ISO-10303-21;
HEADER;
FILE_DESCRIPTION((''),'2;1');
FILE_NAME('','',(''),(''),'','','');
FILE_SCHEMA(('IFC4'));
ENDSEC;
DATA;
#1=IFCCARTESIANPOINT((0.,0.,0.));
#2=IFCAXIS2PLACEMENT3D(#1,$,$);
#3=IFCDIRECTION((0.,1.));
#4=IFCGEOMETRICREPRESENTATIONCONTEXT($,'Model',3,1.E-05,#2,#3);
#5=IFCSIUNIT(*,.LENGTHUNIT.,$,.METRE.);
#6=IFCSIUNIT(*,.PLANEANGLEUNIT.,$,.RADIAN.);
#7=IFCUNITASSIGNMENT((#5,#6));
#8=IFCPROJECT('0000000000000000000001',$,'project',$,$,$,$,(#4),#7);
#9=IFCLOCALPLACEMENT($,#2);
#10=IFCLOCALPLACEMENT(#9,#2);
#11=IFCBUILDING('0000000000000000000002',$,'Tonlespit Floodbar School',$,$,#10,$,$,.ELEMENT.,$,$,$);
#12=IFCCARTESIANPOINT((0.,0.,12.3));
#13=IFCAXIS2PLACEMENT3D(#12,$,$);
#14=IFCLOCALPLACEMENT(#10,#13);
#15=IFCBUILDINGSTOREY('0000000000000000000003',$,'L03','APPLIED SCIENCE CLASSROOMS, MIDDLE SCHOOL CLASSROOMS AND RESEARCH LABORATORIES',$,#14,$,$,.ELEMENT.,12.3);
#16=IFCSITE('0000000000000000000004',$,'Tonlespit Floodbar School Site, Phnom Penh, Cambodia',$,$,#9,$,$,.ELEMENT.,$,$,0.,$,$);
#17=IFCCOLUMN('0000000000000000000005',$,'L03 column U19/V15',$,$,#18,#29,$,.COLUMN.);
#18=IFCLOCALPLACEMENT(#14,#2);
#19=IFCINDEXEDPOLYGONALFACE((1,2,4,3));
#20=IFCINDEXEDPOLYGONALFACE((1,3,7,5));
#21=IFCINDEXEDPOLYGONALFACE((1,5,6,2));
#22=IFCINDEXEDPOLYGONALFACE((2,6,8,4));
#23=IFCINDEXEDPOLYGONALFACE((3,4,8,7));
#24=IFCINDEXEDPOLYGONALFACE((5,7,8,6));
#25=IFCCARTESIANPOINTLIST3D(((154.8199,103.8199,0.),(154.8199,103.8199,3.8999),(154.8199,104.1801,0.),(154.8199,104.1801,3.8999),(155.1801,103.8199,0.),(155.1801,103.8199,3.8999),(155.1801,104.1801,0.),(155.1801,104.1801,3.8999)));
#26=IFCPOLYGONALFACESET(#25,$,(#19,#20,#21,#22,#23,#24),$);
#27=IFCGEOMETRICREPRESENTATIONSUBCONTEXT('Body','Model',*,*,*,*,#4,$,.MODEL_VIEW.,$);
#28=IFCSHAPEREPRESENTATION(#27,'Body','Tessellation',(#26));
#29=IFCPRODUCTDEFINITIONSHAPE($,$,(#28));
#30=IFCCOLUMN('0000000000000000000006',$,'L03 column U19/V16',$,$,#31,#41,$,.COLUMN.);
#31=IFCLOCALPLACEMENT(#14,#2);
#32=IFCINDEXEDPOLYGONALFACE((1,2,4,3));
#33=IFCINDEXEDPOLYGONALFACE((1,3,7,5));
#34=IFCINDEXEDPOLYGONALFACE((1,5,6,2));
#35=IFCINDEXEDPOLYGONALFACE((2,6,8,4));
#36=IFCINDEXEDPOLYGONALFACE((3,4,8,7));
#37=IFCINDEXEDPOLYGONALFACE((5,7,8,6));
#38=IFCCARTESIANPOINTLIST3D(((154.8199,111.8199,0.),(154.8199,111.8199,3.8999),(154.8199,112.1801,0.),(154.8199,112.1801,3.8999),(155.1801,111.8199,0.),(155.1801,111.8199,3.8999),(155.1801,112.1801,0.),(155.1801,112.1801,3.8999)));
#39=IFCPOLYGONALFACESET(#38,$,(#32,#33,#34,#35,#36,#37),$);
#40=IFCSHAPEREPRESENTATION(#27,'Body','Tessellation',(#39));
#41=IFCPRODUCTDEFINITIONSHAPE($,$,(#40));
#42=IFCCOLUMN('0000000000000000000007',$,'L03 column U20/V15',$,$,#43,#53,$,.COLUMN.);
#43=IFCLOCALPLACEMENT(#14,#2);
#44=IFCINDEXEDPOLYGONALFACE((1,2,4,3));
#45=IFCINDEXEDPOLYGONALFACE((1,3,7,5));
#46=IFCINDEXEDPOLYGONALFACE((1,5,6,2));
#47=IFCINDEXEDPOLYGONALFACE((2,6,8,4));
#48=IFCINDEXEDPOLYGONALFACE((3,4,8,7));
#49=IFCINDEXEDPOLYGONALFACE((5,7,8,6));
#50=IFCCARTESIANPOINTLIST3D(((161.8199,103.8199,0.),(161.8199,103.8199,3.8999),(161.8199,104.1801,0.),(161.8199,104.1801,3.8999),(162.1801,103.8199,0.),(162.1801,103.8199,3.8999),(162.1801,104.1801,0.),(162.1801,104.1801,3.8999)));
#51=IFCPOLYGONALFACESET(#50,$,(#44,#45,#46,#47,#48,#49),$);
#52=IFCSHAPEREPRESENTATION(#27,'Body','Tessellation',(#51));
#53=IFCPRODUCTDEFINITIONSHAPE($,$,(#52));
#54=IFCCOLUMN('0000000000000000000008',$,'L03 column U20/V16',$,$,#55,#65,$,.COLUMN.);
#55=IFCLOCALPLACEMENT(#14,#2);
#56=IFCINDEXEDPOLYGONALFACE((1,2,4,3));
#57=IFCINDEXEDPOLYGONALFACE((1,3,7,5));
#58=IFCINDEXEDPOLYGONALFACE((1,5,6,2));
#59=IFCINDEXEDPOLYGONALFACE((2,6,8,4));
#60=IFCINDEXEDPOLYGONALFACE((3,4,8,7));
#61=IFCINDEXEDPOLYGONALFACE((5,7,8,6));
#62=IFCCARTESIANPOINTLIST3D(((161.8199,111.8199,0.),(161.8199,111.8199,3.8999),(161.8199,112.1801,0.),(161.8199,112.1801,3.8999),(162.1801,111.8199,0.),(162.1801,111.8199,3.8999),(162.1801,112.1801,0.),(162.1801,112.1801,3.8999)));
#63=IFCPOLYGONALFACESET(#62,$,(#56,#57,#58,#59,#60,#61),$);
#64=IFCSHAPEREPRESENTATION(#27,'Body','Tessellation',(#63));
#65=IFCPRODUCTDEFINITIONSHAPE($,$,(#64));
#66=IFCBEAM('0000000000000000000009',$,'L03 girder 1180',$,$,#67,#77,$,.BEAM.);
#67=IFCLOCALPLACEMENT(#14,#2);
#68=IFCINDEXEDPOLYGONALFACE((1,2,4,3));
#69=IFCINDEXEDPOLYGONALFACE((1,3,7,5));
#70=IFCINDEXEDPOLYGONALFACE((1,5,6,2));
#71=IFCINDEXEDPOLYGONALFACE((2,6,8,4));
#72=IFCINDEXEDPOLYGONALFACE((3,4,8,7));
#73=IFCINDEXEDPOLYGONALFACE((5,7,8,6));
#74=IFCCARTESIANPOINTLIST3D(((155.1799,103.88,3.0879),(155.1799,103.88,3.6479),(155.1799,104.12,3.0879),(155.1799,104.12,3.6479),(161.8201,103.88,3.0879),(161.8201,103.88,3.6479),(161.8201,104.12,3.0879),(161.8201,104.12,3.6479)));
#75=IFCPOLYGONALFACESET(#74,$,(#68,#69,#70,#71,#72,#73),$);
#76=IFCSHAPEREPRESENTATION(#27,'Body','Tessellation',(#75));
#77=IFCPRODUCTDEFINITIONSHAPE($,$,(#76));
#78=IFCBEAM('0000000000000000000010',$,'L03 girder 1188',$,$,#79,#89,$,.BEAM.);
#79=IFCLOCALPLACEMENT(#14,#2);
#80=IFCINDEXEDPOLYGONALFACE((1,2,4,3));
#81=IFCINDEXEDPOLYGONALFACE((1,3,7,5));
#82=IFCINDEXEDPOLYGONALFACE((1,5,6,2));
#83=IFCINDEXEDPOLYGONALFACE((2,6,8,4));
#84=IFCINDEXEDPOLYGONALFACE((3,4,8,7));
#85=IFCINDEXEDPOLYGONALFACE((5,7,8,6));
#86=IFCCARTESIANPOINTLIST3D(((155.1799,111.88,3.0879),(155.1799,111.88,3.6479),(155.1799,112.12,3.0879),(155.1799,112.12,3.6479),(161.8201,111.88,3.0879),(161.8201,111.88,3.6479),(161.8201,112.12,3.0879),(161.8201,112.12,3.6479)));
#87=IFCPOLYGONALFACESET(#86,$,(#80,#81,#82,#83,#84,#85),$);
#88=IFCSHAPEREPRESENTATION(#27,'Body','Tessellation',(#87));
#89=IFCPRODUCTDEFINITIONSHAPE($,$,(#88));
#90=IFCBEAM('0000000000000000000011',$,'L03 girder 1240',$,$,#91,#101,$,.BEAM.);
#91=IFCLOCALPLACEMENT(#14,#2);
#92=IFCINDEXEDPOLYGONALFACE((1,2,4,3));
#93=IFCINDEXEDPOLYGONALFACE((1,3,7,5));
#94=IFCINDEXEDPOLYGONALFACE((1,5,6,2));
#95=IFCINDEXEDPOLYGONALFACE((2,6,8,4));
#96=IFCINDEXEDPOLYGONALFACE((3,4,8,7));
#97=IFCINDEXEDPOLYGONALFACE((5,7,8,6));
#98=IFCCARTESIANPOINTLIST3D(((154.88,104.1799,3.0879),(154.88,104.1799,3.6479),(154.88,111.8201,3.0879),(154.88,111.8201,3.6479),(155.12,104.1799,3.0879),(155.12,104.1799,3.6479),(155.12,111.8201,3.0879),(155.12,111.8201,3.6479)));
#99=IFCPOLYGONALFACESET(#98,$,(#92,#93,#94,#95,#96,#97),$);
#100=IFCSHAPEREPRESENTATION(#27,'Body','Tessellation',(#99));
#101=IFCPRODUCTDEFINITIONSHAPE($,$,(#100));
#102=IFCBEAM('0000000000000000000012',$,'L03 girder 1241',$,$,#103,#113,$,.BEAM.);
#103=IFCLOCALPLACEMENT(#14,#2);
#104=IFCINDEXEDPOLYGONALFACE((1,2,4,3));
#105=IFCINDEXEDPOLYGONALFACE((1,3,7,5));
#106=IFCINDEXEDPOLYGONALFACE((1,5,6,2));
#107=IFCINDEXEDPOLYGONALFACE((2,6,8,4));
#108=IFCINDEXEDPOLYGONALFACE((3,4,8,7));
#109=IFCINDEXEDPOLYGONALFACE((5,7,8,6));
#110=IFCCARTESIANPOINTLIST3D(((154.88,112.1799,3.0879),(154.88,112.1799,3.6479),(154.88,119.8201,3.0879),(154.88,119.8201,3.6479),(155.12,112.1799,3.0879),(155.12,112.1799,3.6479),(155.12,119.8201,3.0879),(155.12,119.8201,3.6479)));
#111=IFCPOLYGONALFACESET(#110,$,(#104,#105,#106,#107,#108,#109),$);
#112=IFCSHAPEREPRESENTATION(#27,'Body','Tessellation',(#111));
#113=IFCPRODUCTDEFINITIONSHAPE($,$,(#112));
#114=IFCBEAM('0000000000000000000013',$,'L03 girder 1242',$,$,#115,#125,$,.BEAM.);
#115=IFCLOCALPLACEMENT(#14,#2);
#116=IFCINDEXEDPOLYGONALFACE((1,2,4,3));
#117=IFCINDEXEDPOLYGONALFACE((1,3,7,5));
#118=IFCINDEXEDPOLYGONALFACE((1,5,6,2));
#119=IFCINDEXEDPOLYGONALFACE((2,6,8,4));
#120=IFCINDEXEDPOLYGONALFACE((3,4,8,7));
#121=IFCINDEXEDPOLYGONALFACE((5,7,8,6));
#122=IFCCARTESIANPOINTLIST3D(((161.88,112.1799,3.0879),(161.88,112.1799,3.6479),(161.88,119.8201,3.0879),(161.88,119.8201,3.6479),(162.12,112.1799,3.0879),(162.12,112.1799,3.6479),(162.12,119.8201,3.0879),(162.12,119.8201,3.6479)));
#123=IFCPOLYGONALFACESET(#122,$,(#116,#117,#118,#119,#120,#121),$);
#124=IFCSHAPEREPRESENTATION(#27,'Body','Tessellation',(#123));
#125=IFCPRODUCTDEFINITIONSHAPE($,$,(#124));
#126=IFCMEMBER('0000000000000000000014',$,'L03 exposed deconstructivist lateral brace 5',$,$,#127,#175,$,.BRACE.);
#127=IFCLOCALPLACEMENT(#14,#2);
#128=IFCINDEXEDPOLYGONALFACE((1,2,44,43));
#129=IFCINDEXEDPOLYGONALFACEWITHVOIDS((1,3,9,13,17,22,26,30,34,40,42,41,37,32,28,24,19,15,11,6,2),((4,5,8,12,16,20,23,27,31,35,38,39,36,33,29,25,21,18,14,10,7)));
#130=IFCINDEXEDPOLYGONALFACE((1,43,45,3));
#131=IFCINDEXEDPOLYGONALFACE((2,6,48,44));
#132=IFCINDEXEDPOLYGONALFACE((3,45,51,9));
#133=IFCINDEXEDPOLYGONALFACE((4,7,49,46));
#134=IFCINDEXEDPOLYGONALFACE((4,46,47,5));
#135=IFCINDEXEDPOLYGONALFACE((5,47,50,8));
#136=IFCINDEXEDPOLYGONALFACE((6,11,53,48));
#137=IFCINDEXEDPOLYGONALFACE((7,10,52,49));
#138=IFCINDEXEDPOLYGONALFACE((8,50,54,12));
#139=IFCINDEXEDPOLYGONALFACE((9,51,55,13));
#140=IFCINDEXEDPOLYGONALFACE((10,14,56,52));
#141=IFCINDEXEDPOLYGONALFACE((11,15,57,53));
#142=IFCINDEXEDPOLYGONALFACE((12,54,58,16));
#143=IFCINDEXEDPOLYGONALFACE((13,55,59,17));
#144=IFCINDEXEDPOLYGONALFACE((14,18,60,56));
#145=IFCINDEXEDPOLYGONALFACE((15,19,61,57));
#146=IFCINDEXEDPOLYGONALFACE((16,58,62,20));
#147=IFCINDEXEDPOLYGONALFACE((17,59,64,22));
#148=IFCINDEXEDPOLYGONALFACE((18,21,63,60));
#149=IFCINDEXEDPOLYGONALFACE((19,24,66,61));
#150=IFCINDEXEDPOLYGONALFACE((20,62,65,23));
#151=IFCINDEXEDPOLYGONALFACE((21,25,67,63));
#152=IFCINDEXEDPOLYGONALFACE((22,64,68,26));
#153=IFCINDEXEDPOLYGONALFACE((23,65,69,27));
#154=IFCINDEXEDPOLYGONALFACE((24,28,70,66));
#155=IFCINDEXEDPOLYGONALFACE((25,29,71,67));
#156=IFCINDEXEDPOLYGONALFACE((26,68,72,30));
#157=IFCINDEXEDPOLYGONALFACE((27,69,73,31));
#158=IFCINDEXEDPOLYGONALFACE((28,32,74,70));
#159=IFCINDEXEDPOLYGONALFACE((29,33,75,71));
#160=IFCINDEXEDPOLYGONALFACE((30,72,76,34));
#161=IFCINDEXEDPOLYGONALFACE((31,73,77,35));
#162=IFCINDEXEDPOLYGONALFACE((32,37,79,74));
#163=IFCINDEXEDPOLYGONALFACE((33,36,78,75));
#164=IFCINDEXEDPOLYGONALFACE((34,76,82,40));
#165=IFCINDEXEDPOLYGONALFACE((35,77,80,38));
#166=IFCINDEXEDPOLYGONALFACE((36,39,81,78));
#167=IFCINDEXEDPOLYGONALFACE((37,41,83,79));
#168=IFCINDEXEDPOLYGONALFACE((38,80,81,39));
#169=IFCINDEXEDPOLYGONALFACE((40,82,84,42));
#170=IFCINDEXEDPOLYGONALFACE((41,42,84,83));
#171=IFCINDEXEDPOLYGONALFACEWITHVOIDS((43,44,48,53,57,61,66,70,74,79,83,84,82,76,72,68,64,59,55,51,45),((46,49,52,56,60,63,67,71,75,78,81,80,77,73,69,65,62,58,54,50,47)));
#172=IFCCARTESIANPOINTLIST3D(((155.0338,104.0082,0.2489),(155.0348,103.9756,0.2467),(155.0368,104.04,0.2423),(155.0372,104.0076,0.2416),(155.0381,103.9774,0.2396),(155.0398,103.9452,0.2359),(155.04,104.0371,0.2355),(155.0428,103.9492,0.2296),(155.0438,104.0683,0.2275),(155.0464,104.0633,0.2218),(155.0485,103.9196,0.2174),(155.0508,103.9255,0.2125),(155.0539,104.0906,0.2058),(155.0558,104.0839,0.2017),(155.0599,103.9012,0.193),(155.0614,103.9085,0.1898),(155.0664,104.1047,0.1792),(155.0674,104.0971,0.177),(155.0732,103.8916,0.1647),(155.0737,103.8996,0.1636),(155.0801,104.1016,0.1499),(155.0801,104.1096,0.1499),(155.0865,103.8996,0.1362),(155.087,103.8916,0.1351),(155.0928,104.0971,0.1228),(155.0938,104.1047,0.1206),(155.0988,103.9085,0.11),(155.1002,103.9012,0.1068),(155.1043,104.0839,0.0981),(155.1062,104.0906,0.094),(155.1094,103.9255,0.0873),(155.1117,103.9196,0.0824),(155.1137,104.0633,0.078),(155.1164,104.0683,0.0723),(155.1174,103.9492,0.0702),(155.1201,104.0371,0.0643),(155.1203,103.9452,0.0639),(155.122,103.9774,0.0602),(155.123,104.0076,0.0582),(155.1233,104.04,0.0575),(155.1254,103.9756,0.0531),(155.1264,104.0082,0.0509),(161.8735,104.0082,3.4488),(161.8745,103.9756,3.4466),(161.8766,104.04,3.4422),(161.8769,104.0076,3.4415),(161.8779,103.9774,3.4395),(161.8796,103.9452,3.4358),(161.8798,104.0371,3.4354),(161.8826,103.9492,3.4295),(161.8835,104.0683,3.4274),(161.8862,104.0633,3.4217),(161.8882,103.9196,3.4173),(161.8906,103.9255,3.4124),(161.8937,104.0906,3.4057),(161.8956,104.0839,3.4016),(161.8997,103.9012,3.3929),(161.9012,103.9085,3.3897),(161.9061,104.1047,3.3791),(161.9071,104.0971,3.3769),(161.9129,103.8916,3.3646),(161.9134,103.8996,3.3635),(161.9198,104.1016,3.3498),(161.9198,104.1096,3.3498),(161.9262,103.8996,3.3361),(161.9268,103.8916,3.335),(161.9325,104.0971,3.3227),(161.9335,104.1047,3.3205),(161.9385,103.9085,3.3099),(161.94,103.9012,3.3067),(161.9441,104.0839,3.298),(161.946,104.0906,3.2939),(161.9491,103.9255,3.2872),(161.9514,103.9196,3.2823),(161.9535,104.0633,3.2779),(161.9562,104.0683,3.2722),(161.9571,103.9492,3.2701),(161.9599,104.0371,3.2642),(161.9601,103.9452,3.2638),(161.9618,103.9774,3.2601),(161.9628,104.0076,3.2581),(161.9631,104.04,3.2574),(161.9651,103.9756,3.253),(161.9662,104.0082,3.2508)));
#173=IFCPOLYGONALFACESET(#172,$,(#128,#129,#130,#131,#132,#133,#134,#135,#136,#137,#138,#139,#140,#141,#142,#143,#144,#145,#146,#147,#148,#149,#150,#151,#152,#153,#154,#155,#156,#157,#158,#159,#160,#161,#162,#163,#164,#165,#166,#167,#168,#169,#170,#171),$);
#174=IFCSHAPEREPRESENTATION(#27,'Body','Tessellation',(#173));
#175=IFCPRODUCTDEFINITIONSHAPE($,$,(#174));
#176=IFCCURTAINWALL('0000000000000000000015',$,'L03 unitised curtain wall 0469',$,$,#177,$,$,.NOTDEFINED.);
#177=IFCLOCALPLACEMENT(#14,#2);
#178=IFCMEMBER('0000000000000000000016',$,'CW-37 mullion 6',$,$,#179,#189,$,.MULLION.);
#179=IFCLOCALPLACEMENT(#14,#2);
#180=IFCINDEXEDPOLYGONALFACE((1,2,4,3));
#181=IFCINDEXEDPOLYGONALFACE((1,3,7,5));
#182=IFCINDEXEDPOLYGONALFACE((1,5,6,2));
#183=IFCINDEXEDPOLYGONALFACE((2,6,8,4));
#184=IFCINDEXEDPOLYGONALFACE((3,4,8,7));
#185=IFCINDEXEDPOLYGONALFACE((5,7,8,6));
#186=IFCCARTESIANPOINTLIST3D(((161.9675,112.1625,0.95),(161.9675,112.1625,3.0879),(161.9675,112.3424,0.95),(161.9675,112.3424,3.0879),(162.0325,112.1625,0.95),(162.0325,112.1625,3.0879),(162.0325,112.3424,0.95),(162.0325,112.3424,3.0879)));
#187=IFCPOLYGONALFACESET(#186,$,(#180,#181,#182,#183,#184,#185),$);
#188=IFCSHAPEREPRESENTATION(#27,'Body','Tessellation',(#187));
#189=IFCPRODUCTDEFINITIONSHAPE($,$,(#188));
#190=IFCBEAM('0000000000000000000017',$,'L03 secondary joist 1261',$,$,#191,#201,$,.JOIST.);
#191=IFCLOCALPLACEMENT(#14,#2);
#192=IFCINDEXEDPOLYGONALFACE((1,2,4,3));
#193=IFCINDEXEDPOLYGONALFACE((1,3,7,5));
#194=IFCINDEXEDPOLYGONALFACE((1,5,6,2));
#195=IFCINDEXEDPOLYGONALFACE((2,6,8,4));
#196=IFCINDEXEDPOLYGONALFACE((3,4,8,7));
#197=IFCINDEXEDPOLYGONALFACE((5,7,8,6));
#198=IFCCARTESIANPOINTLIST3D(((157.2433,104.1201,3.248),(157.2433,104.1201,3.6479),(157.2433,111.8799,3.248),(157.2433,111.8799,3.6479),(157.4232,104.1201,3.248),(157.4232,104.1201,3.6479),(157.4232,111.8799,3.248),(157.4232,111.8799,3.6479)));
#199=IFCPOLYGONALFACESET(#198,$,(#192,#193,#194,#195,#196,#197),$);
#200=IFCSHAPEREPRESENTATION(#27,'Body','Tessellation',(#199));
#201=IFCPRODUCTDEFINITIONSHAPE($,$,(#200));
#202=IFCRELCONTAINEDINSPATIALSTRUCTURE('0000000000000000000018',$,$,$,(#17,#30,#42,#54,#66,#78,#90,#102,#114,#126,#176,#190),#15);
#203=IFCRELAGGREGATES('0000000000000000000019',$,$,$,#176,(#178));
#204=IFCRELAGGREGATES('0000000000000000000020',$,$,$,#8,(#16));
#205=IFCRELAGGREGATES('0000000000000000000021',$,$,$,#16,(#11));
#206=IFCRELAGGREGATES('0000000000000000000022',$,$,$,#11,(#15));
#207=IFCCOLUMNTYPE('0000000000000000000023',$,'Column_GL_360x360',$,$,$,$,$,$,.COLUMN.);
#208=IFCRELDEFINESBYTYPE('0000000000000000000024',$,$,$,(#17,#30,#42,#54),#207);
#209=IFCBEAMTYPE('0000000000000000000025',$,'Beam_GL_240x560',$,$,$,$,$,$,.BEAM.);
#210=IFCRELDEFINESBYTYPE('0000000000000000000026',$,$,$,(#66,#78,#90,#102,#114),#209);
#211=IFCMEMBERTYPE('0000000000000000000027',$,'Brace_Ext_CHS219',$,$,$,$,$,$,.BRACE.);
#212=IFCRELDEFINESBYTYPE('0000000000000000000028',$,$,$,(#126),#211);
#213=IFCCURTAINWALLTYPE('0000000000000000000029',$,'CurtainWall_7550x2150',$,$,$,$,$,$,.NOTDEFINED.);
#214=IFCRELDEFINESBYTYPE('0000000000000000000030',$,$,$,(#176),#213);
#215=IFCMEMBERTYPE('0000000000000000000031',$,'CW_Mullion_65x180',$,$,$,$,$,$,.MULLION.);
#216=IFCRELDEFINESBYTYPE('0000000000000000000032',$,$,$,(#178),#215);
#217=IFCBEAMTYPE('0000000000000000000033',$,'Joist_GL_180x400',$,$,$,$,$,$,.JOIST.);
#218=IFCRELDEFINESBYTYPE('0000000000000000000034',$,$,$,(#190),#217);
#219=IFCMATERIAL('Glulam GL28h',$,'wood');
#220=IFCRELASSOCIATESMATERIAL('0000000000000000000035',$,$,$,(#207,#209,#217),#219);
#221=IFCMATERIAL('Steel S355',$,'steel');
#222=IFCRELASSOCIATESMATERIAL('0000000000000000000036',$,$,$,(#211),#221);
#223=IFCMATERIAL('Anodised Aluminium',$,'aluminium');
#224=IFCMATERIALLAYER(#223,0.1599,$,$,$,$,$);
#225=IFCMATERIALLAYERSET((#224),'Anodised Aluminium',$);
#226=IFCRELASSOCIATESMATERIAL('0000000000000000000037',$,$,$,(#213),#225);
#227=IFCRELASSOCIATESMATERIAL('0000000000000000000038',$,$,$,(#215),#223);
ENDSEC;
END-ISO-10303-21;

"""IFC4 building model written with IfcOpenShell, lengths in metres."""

from ifc_helpers import new_model, si_unit, direction, frame, origin, origin_2d, place, context, subcontext, project, spatial, rectangle, hollow_circle, extrude, material, layer, layer_set, material_profile, profile_set, type_object, element, aggregate, save


model = new_model("IFC4")

# Units and contexts
model_context = context("Model", 3, precision=1e-05, world=origin(), true_north=direction((0.0, 1.0)))
body_context = subcontext(model_context, "Body", "Model", "MODEL_VIEW")
ifc_project = project(units=[si_unit("LENGTHUNIT", "METRE"), si_unit("PLANEANGLEUNIT", "RADIAN")], contexts=[model_context])

# Site, building, storey
site_placement = place(None, origin())
site = spatial("IfcSite", under=ifc_project, at=site_placement, Name="Tonlespit Floodbar School Site, Phnom Penh, Cambodia", CompositionType="ELEMENT", RefElevation=0.0)
building_placement = place(site_placement, origin())
building = spatial("IfcBuilding", under=site, at=building_placement, Name="Tonlespit Floodbar School", CompositionType="ELEMENT")
storey_placement = place(building_placement, frame((0.0, 0.0, 12.3)))
storey = spatial("IfcBuildingStorey", under=building, at=storey_placement, Name="L03", Description="APPLIED SCIENCE CLASSROOMS, MIDDLE SCHOOL CLASSROOMS AND RESEARCH LABORATORIES", CompositionType="ELEMENT", Elevation=12.3)

# Columns
ifc_material_1 = material(Name="Glulam GL28h", Category="wood")
ifc_material_profile_1 = material_profile(ifc_material_1, rectangle(XDim=0.3601, YDim=0.3601, at=origin_2d()), Name="GL 360x360")
ifc_profile_set_1 = profile_set([ifc_material_profile_1], Name="Glulam GL28h")
column_type = type_object("IfcColumnType", Name="Column_GL_360x360", PredefinedType="COLUMN", material=ifc_profile_set_1)
for number, where, z_axis, x_axis, name in (
    (1, (155.0, 104.0, 0.0), (0.0, 0.0, 1.0), (1.0, 0.0, 0.0), "L03 column U19/V15"),
    (2, (155.0, 112.0, 0.0), (0.0, 0.0, 1.0), (1.0, 0.0, 0.0), "L03 column U19/V16"),
    (3, (162.0, 104.0, 0.0), (0.0, 0.0, 1.0), (1.0, 0.0, 0.0), "L03 column U20/V15"),
    (4, (162.0, 112.0, 0.0), (0.0, 0.0, 1.0), (1.0, 0.0, 0.0), "L03 column U20/V16"),
):
    element("IfcColumn", number, at=place(storey_placement, frame(where, z_axis=z_axis, x_axis=x_axis)), inside=storey, type_object=column_type, Name=name, PredefinedType="COLUMN", context=body_context, shape_type="SweptSolid", body=[
        extrude(rectangle(XDim=0.3601, YDim=0.3601, at=origin_2d()), origin(), (0.0, 0.0, 1.0), 3.8999),
    ])

# Beams
ifc_material_profile_2 = material_profile(ifc_material_1, rectangle(XDim=0.24, YDim=0.5601, at=origin_2d()), Name="GL 240x560")
ifc_profile_set_2 = profile_set([ifc_material_profile_2], Name="Glulam GL28h")
beam_type_1 = type_object("IfcBeamType", Name="Beam_GL_240x560", PredefinedType="BEAM", material=ifc_profile_set_2)
for number, where, z_axis, x_axis, name in (
    (5, (155.1799, 104.0, 3.3679), (1.0, 0.0, 0.0), (0.0, 1.0, 0.0), "L03 girder 1180"),
    (6, (155.1799, 112.0, 3.3679), (1.0, 0.0, 0.0), (0.0, 1.0, 0.0), "L03 girder 1188"),
):
    element("IfcBeam", number, at=place(storey_placement, frame(where, z_axis=z_axis, x_axis=x_axis)), inside=storey, type_object=beam_type_1, Name=name, PredefinedType="BEAM", context=body_context, shape_type="SweptSolid", body=[
        extrude(rectangle(XDim=0.24, YDim=0.5601, at=origin_2d()), origin(), (0.0, 0.0, 1.0), 6.6401),
    ])
for number, where, z_axis, x_axis, name in (
    (7, (155.0, 104.1799, 3.3679), (0.0, 1.0, 0.0), (-1.0, 0.0, 0.0), "L03 girder 1240"),
    (8, (155.0, 112.1799, 3.3679), (0.0, 1.0, 0.0), (-1.0, 0.0, 0.0), "L03 girder 1241"),
    (9, (162.0, 112.1799, 3.3679), (0.0, 1.0, 0.0), (-1.0, 0.0, 0.0), "L03 girder 1242"),
):
    element("IfcBeam", number, at=place(storey_placement, frame(where, z_axis=z_axis, x_axis=x_axis)), inside=storey, type_object=beam_type_1, Name=name, PredefinedType="BEAM", context=body_context, shape_type="SweptSolid", body=[
        extrude(rectangle(XDim=0.24, YDim=0.5601, at=origin_2d()), origin(), (0.0, 0.0, 1.0), 7.6401),
    ])

# Member
ifc_material_2 = material(Name="Steel S355", Category="steel")
ifc_material_profile_3 = material_profile(ifc_material_2, hollow_circle(Radius=0.1096, WallThickness=0.0081, at=origin_2d()), Name="CHS 219.1x8")
ifc_profile_set_3 = profile_set([ifc_material_profile_3], Name="Steel S355")
member_type_1 = type_object("IfcMemberType", Name="Brace_Ext_CHS219", PredefinedType="BRACE", material=ifc_profile_set_3)
member_1_placement = place(storey_placement, frame((155.0801, 104.0, 0.1499), z_axis=(0.905776, 0.0, 0.423758), x_axis=(0.0, 1.0, 0.0)))
element("IfcMember", 10, at=member_1_placement, inside=storey, type_object=member_type_1, Name="L03 exposed deconstructivist lateral brace 5", PredefinedType="BRACE", context=body_context, shape_type="SweptSolid", body=[
    extrude(hollow_circle(Radius=0.1096, WallThickness=0.0081, at=origin_2d()), origin(), (0.0, 0.0, 1.0), 7.5513),
])

# Curtain wall, member
ifc_material_3 = material(Name="Anodised Aluminium", Category="aluminium")
ifc_layer_1 = layer(ifc_material_3, 0.1599)
ifc_layer_set_1 = layer_set([ifc_layer_1], Name="Anodised Aluminium")
curtain_wall_type = type_object("IfcCurtainWallType", Name="CurtainWall_7550x2150", PredefinedType="NOTDEFINED", material=ifc_layer_set_1)
curtain_wall_placement = place(storey_placement, origin())
curtain_wall = element("IfcCurtainWall", 11, at=curtain_wall_placement, inside=storey, type_object=curtain_wall_type, Name="L03 unitised curtain wall 0469", PredefinedType="NOTDEFINED")
ifc_material_profile_4 = material_profile(ifc_material_3, rectangle(XDim=0.0649, YDim=0.1799, at=origin_2d()), Name="ALU M65x180")
ifc_profile_set_4 = profile_set([ifc_material_profile_4], Name="Anodised Aluminium")
member_type_2 = type_object("IfcMemberType", Name="CW_Mullion_65x180", PredefinedType="MULLION", material=ifc_profile_set_4)
member_2_placement = place(storey_placement, frame((162.0, 112.2524, 0.95), z_axis=(0.0, 0.0, 1.0), x_axis=(1.0, 0.0, 0.0)))
member_2 = element("IfcMember", 12, at=member_2_placement, type_object=member_type_2, Name="CW-37 mullion 6", PredefinedType="MULLION", context=body_context, shape_type="SweptSolid", body=[
    extrude(rectangle(XDim=0.0649, YDim=0.1799, at=origin_2d()), origin(), (0.0, 0.0, 1.0), 2.1379),
])

# Beam
ifc_material_profile_5 = material_profile(ifc_material_1, rectangle(XDim=0.1799, YDim=0.3999, at=origin_2d()), Name="GL 180x400")
ifc_profile_set_5 = profile_set([ifc_material_profile_5], Name="Glulam GL28h")
beam_type_2 = type_object("IfcBeamType", Name="Joist_GL_180x400", PredefinedType="JOIST", material=ifc_profile_set_5)
for number, where, z_axis, x_axis, name in (
    (13, (157.3333, 104.1201, 3.448), (0.0, 1.0, 0.0), (-1.0, 0.0, 0.0), "L03 secondary joist 1261"),
):
    element("IfcBeam", number, at=place(storey_placement, frame(where, z_axis=z_axis, x_axis=x_axis)), inside=storey, type_object=beam_type_2, Name=name, PredefinedType="JOIST", context=body_context, shape_type="SweptSolid", body=[
        extrude(rectangle(XDim=0.1799, YDim=0.3999, at=origin_2d()), origin(), (0.0, 0.0, 1.0), 7.7598),
    ])

aggregate(curtain_wall, [member_2])

save(model, "model.ifc")
